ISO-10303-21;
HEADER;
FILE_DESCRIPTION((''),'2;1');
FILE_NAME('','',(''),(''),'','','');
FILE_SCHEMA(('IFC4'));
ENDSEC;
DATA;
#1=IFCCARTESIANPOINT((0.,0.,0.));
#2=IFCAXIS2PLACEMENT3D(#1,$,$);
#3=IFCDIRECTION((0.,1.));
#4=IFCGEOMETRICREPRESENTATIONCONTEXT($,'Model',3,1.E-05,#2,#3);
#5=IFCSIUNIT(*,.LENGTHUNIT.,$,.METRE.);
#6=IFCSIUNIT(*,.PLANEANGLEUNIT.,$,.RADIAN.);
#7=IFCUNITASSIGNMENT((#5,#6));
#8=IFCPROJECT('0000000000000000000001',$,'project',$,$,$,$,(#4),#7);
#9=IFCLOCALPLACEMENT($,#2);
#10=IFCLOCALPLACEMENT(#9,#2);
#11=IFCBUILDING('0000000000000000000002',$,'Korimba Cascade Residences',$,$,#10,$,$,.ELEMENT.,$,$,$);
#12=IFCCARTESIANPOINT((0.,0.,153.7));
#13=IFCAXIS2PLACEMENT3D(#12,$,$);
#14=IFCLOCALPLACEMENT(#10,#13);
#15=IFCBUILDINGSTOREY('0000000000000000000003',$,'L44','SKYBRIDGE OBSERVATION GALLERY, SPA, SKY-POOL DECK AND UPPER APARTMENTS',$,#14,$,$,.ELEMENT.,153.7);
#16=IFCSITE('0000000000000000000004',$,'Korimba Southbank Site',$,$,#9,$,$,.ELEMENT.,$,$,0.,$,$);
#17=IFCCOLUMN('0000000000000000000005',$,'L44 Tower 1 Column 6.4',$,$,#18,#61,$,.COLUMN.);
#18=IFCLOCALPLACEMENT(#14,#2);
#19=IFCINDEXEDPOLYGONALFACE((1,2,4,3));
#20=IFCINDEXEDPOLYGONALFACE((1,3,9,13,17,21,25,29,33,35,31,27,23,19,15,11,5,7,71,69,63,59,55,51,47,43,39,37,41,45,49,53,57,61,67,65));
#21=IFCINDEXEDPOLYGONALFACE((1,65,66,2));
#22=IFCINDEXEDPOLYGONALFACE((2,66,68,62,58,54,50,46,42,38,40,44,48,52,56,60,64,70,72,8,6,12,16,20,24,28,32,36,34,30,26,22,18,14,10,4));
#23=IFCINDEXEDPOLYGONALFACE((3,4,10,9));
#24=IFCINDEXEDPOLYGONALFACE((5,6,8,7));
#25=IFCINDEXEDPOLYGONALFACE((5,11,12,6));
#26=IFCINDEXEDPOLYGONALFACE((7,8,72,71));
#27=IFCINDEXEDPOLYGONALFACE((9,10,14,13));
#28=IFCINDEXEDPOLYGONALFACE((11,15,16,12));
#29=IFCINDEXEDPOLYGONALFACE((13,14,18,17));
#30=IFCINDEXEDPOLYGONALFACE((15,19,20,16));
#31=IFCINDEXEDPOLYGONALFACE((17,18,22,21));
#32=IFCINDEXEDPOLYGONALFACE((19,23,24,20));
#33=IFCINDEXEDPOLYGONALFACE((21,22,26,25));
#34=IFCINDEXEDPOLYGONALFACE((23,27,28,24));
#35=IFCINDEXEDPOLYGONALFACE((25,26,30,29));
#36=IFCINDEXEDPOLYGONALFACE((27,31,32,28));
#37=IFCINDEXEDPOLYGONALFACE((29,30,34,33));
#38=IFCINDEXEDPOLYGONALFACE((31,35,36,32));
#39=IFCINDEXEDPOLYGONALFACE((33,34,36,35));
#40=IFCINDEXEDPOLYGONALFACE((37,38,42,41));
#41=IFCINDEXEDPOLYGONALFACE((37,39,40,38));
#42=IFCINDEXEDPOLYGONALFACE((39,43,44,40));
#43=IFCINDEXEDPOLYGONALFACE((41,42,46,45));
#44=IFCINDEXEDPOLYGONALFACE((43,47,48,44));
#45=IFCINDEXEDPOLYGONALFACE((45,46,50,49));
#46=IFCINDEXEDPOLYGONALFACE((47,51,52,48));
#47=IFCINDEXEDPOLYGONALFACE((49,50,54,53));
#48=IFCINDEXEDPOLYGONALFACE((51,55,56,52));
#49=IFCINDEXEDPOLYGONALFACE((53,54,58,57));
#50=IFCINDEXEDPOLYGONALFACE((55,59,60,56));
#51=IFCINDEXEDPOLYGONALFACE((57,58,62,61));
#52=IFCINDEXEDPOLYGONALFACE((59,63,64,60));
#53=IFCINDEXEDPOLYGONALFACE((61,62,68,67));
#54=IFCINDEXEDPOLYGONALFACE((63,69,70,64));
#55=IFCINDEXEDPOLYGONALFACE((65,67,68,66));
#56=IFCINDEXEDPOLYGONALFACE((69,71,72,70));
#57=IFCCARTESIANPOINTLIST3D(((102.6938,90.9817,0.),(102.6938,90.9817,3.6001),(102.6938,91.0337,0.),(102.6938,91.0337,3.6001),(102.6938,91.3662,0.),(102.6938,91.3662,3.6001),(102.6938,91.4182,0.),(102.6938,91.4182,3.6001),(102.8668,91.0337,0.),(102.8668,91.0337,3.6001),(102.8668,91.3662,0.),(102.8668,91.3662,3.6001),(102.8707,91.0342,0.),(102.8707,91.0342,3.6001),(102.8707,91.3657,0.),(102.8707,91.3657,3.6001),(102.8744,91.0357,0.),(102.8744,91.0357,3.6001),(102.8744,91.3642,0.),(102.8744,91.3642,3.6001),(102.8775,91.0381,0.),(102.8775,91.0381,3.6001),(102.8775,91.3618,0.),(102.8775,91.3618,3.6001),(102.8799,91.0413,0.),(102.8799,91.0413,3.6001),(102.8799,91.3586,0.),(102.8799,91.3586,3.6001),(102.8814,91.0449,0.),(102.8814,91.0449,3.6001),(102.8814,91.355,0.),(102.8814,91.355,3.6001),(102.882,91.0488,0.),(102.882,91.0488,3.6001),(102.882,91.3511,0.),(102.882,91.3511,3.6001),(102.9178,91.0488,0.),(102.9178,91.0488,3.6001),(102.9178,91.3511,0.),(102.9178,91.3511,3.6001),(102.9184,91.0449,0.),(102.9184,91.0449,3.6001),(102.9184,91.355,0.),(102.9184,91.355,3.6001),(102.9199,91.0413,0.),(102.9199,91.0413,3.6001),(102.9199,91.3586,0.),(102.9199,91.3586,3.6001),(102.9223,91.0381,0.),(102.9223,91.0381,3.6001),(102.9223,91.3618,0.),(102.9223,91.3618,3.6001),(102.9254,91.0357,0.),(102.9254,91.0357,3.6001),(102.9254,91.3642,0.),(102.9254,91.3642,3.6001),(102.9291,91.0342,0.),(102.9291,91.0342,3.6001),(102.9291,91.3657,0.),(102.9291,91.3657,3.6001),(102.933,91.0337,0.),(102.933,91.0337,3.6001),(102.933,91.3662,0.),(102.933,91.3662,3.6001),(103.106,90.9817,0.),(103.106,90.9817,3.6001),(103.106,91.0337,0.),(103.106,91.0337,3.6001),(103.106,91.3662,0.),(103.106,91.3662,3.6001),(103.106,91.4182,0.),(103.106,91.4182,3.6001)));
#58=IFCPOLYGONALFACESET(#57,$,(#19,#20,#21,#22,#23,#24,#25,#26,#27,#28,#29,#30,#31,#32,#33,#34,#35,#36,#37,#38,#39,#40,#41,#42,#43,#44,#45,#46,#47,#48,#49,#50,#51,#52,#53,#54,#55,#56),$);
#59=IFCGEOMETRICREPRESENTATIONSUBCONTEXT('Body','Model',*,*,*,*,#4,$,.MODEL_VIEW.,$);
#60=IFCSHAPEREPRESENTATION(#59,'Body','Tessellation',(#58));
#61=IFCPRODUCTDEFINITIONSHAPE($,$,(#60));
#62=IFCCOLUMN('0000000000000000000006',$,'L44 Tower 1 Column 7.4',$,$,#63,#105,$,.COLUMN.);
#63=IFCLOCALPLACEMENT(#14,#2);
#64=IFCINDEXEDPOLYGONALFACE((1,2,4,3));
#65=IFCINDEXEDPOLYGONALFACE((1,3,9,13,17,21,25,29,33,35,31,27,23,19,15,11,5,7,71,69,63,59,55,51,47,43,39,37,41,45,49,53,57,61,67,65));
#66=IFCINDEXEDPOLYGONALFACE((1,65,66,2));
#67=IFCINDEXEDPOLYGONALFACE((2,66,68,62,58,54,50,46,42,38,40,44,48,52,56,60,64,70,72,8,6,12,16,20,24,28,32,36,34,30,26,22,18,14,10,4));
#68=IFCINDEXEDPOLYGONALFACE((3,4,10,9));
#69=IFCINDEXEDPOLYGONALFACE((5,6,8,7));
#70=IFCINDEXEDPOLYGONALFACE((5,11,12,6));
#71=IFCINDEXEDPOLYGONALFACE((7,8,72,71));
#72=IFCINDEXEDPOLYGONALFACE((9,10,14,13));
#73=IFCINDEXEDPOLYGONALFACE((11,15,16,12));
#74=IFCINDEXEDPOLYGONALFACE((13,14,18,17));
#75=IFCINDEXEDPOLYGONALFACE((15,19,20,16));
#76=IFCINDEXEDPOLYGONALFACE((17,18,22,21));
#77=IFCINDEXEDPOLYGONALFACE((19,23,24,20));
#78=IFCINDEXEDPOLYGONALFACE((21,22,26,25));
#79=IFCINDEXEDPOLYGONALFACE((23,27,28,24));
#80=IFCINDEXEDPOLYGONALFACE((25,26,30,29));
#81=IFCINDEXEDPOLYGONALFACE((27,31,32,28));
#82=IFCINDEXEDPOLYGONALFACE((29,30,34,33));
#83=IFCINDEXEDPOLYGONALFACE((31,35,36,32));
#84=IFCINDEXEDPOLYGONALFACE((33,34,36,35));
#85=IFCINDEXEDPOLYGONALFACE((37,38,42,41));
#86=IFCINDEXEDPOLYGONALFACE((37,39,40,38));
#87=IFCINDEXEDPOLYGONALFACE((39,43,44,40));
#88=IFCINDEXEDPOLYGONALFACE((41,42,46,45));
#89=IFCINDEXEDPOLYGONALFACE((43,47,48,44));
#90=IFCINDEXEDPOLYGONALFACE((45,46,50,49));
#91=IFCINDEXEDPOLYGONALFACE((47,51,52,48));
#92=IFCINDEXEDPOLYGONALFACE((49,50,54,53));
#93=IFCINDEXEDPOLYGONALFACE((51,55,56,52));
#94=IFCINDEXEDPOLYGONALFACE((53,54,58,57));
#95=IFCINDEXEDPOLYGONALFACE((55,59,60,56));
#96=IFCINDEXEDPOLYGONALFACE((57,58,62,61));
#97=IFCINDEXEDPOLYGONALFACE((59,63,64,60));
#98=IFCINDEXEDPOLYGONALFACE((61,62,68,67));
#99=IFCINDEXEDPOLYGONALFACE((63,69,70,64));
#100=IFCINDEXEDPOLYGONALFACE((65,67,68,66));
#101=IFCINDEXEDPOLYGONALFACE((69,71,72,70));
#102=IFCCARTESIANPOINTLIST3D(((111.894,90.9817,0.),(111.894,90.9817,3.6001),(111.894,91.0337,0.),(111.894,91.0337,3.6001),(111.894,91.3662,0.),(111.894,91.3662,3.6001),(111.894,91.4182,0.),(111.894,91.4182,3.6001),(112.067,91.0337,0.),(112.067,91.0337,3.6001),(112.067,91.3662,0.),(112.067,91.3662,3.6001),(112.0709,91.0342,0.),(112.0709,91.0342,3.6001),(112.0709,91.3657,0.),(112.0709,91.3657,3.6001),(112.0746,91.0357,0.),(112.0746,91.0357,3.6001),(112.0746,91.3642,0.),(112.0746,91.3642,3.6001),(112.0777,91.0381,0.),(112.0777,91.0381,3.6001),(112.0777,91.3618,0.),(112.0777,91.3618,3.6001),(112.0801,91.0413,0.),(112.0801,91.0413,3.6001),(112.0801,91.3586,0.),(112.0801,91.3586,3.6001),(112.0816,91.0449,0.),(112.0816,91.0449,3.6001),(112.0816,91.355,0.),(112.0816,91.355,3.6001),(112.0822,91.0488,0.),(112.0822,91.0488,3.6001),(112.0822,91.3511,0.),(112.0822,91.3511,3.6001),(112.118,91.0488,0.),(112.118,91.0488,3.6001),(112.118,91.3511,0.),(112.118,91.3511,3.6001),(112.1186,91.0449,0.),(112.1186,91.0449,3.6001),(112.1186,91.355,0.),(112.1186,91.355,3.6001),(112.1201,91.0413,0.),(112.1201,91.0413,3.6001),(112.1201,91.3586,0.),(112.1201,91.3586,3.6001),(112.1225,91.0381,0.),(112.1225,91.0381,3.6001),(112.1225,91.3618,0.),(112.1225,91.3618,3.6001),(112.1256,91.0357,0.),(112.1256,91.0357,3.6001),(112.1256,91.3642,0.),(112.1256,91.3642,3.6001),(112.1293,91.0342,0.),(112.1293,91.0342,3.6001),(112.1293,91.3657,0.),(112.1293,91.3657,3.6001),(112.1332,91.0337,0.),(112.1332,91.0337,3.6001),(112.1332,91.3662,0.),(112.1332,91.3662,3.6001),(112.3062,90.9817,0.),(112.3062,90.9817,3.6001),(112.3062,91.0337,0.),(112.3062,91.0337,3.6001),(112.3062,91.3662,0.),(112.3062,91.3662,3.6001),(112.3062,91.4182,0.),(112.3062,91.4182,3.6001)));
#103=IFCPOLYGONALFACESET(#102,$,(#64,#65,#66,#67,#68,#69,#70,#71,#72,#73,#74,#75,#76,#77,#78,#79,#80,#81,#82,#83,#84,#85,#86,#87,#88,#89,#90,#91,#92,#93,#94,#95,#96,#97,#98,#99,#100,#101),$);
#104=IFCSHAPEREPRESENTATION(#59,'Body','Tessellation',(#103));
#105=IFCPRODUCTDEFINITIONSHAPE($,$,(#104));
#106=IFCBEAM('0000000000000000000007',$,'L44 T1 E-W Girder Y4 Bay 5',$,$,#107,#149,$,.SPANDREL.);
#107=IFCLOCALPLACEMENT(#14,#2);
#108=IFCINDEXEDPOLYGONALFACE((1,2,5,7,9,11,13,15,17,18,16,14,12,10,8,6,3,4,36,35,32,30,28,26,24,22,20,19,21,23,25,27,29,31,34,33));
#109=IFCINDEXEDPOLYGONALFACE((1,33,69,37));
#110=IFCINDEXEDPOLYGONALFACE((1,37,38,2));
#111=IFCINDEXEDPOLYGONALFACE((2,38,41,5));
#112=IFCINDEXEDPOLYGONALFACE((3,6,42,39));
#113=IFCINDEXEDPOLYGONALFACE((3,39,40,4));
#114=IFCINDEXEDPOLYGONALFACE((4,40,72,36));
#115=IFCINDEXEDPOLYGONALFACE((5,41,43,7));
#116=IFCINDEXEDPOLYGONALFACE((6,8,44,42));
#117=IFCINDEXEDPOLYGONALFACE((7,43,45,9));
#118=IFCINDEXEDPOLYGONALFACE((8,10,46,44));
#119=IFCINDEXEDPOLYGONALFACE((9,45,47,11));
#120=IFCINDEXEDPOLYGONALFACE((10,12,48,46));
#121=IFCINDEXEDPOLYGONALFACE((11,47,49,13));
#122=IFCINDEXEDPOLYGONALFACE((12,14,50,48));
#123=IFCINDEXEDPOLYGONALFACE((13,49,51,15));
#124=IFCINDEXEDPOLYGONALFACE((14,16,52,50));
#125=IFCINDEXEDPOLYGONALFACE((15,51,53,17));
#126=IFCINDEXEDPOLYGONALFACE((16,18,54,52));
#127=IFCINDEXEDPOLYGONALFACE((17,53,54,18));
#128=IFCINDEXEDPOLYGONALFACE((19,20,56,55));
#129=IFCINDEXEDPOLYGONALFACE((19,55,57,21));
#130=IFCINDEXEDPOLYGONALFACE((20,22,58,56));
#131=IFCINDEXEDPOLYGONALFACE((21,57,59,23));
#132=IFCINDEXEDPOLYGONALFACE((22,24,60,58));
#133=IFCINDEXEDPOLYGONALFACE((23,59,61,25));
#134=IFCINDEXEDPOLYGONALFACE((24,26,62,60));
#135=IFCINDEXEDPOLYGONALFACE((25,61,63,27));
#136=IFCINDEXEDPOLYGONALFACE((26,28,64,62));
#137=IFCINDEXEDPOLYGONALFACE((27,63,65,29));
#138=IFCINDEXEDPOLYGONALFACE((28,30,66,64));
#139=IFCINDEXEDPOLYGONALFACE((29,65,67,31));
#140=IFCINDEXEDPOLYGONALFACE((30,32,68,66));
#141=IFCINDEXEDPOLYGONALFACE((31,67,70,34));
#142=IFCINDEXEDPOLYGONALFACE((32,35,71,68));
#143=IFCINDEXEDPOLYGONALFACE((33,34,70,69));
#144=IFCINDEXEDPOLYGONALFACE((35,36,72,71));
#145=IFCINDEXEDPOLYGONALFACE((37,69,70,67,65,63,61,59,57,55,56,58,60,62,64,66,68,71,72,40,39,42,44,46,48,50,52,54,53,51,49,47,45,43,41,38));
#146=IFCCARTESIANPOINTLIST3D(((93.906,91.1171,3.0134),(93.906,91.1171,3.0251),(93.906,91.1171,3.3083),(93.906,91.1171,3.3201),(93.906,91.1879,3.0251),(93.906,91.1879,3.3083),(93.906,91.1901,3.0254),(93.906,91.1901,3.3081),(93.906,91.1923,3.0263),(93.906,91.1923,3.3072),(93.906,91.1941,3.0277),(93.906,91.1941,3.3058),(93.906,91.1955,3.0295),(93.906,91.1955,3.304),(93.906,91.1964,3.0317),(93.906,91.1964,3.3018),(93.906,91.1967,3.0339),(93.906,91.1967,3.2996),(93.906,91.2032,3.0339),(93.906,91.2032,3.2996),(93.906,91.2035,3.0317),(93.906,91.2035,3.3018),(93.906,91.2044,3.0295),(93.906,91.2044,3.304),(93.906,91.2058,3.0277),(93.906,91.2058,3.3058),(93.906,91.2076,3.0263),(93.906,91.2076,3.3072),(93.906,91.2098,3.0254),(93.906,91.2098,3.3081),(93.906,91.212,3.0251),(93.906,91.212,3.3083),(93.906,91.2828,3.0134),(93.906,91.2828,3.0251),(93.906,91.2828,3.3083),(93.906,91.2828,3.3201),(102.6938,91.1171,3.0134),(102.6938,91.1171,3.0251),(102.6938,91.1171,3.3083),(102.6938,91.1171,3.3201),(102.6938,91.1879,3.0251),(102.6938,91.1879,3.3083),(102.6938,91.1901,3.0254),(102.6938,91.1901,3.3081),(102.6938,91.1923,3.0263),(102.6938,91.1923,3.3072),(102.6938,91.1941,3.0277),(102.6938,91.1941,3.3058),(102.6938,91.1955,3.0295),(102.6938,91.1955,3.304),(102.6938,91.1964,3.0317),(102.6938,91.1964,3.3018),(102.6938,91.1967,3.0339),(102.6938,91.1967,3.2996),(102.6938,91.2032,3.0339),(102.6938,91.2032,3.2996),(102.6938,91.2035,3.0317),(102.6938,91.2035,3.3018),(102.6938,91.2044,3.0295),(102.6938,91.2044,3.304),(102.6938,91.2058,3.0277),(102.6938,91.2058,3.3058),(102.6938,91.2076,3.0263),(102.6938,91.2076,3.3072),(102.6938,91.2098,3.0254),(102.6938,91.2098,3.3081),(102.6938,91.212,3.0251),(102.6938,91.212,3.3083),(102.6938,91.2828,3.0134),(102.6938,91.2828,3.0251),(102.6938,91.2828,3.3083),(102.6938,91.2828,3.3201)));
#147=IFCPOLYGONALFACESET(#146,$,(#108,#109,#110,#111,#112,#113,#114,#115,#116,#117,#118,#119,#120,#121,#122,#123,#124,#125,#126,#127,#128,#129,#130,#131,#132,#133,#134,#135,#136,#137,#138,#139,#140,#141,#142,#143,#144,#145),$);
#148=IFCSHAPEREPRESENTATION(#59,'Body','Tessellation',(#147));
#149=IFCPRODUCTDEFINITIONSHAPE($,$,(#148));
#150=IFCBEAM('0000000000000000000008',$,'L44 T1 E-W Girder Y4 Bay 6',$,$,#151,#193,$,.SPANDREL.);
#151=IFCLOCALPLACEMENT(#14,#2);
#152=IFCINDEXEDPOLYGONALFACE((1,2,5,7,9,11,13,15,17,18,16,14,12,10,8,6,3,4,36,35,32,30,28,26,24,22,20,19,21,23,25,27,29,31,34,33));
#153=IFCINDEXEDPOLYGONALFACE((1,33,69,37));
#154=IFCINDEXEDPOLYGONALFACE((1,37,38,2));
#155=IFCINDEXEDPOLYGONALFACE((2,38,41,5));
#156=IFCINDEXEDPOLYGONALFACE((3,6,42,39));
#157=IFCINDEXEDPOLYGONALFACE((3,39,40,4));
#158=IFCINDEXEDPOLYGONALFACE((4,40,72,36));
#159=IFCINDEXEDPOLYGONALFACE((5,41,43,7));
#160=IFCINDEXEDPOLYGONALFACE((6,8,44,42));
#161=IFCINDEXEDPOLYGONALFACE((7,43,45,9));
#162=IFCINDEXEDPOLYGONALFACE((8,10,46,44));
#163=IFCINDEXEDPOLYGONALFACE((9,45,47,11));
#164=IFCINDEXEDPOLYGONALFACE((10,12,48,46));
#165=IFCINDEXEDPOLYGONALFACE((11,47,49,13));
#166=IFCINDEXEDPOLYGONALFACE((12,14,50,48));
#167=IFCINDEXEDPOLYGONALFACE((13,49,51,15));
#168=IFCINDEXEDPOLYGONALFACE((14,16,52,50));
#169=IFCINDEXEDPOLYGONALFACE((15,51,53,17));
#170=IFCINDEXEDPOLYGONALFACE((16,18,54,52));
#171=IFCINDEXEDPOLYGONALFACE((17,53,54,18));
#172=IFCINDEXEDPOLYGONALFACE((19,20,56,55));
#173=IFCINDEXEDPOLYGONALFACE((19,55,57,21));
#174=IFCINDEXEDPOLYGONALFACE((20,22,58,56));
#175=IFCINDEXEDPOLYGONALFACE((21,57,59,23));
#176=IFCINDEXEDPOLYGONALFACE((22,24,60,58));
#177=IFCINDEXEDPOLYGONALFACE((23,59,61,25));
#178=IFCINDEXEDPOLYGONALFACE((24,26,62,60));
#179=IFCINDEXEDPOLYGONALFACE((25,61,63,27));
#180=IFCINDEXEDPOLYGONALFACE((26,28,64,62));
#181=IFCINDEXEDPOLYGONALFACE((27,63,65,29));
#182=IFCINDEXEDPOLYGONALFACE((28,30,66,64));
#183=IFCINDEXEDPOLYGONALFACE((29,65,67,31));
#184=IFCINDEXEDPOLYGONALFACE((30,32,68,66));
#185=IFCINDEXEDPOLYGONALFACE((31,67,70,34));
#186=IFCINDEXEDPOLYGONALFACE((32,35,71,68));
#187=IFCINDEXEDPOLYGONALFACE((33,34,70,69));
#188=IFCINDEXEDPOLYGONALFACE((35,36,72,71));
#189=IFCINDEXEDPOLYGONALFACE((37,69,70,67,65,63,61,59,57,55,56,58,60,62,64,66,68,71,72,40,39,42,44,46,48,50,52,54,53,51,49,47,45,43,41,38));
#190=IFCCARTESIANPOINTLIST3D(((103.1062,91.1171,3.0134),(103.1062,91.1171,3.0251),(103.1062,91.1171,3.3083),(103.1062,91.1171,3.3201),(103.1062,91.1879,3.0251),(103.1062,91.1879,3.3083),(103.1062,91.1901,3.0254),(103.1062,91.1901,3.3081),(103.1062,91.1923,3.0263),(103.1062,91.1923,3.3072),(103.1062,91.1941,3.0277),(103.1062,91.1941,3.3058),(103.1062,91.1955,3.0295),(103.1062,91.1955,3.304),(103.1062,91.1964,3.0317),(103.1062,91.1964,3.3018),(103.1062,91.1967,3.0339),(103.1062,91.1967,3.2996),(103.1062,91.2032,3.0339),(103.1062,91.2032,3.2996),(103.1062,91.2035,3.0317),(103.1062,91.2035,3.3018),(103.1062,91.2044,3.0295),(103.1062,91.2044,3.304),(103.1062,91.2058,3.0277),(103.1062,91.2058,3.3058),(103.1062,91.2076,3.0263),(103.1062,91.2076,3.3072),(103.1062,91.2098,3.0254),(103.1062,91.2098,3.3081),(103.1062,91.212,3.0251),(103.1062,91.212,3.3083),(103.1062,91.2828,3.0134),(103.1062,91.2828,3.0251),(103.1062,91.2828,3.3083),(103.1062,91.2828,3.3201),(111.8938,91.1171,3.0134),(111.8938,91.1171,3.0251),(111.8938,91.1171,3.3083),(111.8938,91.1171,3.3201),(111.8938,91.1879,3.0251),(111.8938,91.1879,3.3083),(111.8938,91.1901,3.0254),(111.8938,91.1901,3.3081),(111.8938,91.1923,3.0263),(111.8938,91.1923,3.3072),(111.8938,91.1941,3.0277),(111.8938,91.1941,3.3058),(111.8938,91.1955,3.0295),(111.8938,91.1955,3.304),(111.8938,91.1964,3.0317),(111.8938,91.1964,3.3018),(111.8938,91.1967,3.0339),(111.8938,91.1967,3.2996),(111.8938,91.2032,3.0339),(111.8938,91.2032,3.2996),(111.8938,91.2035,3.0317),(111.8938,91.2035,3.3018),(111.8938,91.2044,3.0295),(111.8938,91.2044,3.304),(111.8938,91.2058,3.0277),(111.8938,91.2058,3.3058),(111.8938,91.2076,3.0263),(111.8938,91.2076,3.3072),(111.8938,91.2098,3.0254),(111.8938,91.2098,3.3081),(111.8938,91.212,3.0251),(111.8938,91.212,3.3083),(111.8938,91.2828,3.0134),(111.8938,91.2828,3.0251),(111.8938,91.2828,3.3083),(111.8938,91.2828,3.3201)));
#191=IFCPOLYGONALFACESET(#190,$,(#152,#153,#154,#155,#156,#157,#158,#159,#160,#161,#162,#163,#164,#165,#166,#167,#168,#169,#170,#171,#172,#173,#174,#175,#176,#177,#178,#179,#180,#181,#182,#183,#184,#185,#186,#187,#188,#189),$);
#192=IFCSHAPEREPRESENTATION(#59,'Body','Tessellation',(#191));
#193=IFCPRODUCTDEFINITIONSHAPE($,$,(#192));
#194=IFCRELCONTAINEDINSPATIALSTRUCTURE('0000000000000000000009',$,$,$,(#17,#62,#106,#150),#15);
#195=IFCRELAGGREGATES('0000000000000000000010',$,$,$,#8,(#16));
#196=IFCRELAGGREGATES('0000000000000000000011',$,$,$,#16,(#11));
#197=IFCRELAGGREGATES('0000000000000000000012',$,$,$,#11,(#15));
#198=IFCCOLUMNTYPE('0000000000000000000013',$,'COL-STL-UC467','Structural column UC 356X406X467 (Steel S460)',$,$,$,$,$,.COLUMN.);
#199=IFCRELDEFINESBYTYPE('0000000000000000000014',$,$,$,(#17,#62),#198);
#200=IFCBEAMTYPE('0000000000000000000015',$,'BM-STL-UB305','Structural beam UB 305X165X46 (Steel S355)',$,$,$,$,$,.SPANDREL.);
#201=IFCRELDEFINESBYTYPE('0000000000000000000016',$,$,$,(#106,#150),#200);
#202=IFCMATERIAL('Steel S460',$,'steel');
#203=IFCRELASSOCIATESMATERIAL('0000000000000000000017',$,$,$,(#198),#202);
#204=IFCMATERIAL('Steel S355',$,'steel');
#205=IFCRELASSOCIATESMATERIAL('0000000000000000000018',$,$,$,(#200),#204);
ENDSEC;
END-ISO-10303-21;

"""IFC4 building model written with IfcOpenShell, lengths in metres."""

from ifc_helpers import new_model, si_unit, direction, frame, origin, origin_2d, place, context, subcontext, project, spatial, i_section, extrude, material, material_profile, profile_set, type_object, element, save


model = new_model("IFC4")

# Units and contexts
model_context = context("Model", 3, precision=1e-05, world=origin(), true_north=direction((0.0, 1.0)))
body_context = subcontext(model_context, "Body", "Model", "MODEL_VIEW")
ifc_project = project(units=[si_unit("LENGTHUNIT", "METRE"), si_unit("PLANEANGLEUNIT", "RADIAN")], contexts=[model_context])

# Site, building, storey
site_placement = place(None, origin())
site = spatial("IfcSite", under=ifc_project, at=site_placement, Name="Korimba Southbank Site", CompositionType="ELEMENT", RefElevation=0.0)
building_placement = place(site_placement, origin())
building = spatial("IfcBuilding", under=site, at=building_placement, Name="Korimba Cascade Residences", CompositionType="ELEMENT")
storey_placement = place(building_placement, frame((0.0, 0.0, 153.7)))
storey = spatial("IfcBuildingStorey", under=building, at=storey_placement, Name="L44", Description="SKYBRIDGE OBSERVATION GALLERY, SPA, SKY-POOL DECK AND UPPER APARTMENTS", CompositionType="ELEMENT", Elevation=153.7)

# Columns
ifc_material_1 = material(Name="Steel S460", Category="steel")
ifc_material_profile_1 = material_profile(ifc_material_1, i_section(OverallWidth=0.4121, OverallDepth=0.4365, WebThickness=0.0359, FlangeThickness=0.052, FilletRadius=0.0151, at=origin_2d()), Name="Steel S460")
ifc_profile_set_1 = profile_set([ifc_material_profile_1], Name="Steel S460")
column_type = type_object("IfcColumnType", Name="COL-STL-UC467", Description="Structural column UC 356X406X467 (Steel S460)", PredefinedType="COLUMN", material=ifc_profile_set_1)
for number, where, z_axis, x_axis, name in (
    (1, (102.8999, 91.2, 0.0), (0.0, 0.0, 1.0), (1.0, 0.0, 0.0), "L44 Tower 1 Column 6.4"),
    (2, (112.1001, 91.2, 0.0), (0.0, 0.0, 1.0), (1.0, 0.0, 0.0), "L44 Tower 1 Column 7.4"),
):
    element("IfcColumn", number, at=place(storey_placement, frame(where, z_axis=z_axis, x_axis=x_axis)), inside=storey, type_object=column_type, Name=name, PredefinedType="COLUMN", context=body_context, shape_type="SweptSolid", body=[
        extrude(i_section(OverallWidth=0.4121, OverallDepth=0.4365, WebThickness=0.0359, FlangeThickness=0.052, FilletRadius=0.0151, at=origin_2d()), origin(), (0.0, 0.0, 1.0), 3.6001),
    ])

# Beams
ifc_material_2 = material(Name="Steel S355", Category="steel")
ifc_material_profile_2 = material_profile(ifc_material_2, i_section(OverallWidth=0.1658, OverallDepth=0.3066, WebThickness=0.0066, FlangeThickness=0.0117, FilletRadius=0.0088, at=origin_2d()), Name="Steel S355")
ifc_profile_set_2 = profile_set([ifc_material_profile_2], Name="Steel S355")
beam_type_1 = type_object("IfcBeamType", Name="BM-STL-UB305", Description="Structural beam UB 305X165X46 (Steel S355)", PredefinedType="SPANDREL", material=ifc_profile_set_2)
beam_1_placement = place(storey_placement, frame((93.906, 91.2, 3.1667), z_axis=(1.0, 0.0, 0.0), x_axis=(0.0, 1.0, 0.0)))
element("IfcBeam", 3, at=beam_1_placement, inside=storey, type_object=beam_type_1, Name="L44 T1 E-W Girder Y4 Bay 5", PredefinedType="SPANDREL", context=body_context, shape_type="SweptSolid", body=[
    extrude(i_section(OverallWidth=0.1658, OverallDepth=0.3066, WebThickness=0.0066, FlangeThickness=0.0117, FilletRadius=0.0088, at=origin_2d()), origin(), (0.0, 0.0, 1.0), 8.7878),
])
beam_2_placement = place(storey_placement, frame((103.1062, 91.2, 3.1667), z_axis=(1.0, 0.0, 0.0), x_axis=(0.0, 1.0, 0.0)))
element("IfcBeam", 4, at=beam_2_placement, inside=storey, type_object=beam_type_1, Name="L44 T1 E-W Girder Y4 Bay 6", PredefinedType="SPANDREL", context=body_context, shape_type="SweptSolid", body=[
    extrude(i_section(OverallWidth=0.1658, OverallDepth=0.3066, WebThickness=0.0066, FlangeThickness=0.0117, FilletRadius=0.0088, at=origin_2d()), origin(), (0.0, 0.0, 1.0), 8.7876),
])

save(model, "model.ifc")
